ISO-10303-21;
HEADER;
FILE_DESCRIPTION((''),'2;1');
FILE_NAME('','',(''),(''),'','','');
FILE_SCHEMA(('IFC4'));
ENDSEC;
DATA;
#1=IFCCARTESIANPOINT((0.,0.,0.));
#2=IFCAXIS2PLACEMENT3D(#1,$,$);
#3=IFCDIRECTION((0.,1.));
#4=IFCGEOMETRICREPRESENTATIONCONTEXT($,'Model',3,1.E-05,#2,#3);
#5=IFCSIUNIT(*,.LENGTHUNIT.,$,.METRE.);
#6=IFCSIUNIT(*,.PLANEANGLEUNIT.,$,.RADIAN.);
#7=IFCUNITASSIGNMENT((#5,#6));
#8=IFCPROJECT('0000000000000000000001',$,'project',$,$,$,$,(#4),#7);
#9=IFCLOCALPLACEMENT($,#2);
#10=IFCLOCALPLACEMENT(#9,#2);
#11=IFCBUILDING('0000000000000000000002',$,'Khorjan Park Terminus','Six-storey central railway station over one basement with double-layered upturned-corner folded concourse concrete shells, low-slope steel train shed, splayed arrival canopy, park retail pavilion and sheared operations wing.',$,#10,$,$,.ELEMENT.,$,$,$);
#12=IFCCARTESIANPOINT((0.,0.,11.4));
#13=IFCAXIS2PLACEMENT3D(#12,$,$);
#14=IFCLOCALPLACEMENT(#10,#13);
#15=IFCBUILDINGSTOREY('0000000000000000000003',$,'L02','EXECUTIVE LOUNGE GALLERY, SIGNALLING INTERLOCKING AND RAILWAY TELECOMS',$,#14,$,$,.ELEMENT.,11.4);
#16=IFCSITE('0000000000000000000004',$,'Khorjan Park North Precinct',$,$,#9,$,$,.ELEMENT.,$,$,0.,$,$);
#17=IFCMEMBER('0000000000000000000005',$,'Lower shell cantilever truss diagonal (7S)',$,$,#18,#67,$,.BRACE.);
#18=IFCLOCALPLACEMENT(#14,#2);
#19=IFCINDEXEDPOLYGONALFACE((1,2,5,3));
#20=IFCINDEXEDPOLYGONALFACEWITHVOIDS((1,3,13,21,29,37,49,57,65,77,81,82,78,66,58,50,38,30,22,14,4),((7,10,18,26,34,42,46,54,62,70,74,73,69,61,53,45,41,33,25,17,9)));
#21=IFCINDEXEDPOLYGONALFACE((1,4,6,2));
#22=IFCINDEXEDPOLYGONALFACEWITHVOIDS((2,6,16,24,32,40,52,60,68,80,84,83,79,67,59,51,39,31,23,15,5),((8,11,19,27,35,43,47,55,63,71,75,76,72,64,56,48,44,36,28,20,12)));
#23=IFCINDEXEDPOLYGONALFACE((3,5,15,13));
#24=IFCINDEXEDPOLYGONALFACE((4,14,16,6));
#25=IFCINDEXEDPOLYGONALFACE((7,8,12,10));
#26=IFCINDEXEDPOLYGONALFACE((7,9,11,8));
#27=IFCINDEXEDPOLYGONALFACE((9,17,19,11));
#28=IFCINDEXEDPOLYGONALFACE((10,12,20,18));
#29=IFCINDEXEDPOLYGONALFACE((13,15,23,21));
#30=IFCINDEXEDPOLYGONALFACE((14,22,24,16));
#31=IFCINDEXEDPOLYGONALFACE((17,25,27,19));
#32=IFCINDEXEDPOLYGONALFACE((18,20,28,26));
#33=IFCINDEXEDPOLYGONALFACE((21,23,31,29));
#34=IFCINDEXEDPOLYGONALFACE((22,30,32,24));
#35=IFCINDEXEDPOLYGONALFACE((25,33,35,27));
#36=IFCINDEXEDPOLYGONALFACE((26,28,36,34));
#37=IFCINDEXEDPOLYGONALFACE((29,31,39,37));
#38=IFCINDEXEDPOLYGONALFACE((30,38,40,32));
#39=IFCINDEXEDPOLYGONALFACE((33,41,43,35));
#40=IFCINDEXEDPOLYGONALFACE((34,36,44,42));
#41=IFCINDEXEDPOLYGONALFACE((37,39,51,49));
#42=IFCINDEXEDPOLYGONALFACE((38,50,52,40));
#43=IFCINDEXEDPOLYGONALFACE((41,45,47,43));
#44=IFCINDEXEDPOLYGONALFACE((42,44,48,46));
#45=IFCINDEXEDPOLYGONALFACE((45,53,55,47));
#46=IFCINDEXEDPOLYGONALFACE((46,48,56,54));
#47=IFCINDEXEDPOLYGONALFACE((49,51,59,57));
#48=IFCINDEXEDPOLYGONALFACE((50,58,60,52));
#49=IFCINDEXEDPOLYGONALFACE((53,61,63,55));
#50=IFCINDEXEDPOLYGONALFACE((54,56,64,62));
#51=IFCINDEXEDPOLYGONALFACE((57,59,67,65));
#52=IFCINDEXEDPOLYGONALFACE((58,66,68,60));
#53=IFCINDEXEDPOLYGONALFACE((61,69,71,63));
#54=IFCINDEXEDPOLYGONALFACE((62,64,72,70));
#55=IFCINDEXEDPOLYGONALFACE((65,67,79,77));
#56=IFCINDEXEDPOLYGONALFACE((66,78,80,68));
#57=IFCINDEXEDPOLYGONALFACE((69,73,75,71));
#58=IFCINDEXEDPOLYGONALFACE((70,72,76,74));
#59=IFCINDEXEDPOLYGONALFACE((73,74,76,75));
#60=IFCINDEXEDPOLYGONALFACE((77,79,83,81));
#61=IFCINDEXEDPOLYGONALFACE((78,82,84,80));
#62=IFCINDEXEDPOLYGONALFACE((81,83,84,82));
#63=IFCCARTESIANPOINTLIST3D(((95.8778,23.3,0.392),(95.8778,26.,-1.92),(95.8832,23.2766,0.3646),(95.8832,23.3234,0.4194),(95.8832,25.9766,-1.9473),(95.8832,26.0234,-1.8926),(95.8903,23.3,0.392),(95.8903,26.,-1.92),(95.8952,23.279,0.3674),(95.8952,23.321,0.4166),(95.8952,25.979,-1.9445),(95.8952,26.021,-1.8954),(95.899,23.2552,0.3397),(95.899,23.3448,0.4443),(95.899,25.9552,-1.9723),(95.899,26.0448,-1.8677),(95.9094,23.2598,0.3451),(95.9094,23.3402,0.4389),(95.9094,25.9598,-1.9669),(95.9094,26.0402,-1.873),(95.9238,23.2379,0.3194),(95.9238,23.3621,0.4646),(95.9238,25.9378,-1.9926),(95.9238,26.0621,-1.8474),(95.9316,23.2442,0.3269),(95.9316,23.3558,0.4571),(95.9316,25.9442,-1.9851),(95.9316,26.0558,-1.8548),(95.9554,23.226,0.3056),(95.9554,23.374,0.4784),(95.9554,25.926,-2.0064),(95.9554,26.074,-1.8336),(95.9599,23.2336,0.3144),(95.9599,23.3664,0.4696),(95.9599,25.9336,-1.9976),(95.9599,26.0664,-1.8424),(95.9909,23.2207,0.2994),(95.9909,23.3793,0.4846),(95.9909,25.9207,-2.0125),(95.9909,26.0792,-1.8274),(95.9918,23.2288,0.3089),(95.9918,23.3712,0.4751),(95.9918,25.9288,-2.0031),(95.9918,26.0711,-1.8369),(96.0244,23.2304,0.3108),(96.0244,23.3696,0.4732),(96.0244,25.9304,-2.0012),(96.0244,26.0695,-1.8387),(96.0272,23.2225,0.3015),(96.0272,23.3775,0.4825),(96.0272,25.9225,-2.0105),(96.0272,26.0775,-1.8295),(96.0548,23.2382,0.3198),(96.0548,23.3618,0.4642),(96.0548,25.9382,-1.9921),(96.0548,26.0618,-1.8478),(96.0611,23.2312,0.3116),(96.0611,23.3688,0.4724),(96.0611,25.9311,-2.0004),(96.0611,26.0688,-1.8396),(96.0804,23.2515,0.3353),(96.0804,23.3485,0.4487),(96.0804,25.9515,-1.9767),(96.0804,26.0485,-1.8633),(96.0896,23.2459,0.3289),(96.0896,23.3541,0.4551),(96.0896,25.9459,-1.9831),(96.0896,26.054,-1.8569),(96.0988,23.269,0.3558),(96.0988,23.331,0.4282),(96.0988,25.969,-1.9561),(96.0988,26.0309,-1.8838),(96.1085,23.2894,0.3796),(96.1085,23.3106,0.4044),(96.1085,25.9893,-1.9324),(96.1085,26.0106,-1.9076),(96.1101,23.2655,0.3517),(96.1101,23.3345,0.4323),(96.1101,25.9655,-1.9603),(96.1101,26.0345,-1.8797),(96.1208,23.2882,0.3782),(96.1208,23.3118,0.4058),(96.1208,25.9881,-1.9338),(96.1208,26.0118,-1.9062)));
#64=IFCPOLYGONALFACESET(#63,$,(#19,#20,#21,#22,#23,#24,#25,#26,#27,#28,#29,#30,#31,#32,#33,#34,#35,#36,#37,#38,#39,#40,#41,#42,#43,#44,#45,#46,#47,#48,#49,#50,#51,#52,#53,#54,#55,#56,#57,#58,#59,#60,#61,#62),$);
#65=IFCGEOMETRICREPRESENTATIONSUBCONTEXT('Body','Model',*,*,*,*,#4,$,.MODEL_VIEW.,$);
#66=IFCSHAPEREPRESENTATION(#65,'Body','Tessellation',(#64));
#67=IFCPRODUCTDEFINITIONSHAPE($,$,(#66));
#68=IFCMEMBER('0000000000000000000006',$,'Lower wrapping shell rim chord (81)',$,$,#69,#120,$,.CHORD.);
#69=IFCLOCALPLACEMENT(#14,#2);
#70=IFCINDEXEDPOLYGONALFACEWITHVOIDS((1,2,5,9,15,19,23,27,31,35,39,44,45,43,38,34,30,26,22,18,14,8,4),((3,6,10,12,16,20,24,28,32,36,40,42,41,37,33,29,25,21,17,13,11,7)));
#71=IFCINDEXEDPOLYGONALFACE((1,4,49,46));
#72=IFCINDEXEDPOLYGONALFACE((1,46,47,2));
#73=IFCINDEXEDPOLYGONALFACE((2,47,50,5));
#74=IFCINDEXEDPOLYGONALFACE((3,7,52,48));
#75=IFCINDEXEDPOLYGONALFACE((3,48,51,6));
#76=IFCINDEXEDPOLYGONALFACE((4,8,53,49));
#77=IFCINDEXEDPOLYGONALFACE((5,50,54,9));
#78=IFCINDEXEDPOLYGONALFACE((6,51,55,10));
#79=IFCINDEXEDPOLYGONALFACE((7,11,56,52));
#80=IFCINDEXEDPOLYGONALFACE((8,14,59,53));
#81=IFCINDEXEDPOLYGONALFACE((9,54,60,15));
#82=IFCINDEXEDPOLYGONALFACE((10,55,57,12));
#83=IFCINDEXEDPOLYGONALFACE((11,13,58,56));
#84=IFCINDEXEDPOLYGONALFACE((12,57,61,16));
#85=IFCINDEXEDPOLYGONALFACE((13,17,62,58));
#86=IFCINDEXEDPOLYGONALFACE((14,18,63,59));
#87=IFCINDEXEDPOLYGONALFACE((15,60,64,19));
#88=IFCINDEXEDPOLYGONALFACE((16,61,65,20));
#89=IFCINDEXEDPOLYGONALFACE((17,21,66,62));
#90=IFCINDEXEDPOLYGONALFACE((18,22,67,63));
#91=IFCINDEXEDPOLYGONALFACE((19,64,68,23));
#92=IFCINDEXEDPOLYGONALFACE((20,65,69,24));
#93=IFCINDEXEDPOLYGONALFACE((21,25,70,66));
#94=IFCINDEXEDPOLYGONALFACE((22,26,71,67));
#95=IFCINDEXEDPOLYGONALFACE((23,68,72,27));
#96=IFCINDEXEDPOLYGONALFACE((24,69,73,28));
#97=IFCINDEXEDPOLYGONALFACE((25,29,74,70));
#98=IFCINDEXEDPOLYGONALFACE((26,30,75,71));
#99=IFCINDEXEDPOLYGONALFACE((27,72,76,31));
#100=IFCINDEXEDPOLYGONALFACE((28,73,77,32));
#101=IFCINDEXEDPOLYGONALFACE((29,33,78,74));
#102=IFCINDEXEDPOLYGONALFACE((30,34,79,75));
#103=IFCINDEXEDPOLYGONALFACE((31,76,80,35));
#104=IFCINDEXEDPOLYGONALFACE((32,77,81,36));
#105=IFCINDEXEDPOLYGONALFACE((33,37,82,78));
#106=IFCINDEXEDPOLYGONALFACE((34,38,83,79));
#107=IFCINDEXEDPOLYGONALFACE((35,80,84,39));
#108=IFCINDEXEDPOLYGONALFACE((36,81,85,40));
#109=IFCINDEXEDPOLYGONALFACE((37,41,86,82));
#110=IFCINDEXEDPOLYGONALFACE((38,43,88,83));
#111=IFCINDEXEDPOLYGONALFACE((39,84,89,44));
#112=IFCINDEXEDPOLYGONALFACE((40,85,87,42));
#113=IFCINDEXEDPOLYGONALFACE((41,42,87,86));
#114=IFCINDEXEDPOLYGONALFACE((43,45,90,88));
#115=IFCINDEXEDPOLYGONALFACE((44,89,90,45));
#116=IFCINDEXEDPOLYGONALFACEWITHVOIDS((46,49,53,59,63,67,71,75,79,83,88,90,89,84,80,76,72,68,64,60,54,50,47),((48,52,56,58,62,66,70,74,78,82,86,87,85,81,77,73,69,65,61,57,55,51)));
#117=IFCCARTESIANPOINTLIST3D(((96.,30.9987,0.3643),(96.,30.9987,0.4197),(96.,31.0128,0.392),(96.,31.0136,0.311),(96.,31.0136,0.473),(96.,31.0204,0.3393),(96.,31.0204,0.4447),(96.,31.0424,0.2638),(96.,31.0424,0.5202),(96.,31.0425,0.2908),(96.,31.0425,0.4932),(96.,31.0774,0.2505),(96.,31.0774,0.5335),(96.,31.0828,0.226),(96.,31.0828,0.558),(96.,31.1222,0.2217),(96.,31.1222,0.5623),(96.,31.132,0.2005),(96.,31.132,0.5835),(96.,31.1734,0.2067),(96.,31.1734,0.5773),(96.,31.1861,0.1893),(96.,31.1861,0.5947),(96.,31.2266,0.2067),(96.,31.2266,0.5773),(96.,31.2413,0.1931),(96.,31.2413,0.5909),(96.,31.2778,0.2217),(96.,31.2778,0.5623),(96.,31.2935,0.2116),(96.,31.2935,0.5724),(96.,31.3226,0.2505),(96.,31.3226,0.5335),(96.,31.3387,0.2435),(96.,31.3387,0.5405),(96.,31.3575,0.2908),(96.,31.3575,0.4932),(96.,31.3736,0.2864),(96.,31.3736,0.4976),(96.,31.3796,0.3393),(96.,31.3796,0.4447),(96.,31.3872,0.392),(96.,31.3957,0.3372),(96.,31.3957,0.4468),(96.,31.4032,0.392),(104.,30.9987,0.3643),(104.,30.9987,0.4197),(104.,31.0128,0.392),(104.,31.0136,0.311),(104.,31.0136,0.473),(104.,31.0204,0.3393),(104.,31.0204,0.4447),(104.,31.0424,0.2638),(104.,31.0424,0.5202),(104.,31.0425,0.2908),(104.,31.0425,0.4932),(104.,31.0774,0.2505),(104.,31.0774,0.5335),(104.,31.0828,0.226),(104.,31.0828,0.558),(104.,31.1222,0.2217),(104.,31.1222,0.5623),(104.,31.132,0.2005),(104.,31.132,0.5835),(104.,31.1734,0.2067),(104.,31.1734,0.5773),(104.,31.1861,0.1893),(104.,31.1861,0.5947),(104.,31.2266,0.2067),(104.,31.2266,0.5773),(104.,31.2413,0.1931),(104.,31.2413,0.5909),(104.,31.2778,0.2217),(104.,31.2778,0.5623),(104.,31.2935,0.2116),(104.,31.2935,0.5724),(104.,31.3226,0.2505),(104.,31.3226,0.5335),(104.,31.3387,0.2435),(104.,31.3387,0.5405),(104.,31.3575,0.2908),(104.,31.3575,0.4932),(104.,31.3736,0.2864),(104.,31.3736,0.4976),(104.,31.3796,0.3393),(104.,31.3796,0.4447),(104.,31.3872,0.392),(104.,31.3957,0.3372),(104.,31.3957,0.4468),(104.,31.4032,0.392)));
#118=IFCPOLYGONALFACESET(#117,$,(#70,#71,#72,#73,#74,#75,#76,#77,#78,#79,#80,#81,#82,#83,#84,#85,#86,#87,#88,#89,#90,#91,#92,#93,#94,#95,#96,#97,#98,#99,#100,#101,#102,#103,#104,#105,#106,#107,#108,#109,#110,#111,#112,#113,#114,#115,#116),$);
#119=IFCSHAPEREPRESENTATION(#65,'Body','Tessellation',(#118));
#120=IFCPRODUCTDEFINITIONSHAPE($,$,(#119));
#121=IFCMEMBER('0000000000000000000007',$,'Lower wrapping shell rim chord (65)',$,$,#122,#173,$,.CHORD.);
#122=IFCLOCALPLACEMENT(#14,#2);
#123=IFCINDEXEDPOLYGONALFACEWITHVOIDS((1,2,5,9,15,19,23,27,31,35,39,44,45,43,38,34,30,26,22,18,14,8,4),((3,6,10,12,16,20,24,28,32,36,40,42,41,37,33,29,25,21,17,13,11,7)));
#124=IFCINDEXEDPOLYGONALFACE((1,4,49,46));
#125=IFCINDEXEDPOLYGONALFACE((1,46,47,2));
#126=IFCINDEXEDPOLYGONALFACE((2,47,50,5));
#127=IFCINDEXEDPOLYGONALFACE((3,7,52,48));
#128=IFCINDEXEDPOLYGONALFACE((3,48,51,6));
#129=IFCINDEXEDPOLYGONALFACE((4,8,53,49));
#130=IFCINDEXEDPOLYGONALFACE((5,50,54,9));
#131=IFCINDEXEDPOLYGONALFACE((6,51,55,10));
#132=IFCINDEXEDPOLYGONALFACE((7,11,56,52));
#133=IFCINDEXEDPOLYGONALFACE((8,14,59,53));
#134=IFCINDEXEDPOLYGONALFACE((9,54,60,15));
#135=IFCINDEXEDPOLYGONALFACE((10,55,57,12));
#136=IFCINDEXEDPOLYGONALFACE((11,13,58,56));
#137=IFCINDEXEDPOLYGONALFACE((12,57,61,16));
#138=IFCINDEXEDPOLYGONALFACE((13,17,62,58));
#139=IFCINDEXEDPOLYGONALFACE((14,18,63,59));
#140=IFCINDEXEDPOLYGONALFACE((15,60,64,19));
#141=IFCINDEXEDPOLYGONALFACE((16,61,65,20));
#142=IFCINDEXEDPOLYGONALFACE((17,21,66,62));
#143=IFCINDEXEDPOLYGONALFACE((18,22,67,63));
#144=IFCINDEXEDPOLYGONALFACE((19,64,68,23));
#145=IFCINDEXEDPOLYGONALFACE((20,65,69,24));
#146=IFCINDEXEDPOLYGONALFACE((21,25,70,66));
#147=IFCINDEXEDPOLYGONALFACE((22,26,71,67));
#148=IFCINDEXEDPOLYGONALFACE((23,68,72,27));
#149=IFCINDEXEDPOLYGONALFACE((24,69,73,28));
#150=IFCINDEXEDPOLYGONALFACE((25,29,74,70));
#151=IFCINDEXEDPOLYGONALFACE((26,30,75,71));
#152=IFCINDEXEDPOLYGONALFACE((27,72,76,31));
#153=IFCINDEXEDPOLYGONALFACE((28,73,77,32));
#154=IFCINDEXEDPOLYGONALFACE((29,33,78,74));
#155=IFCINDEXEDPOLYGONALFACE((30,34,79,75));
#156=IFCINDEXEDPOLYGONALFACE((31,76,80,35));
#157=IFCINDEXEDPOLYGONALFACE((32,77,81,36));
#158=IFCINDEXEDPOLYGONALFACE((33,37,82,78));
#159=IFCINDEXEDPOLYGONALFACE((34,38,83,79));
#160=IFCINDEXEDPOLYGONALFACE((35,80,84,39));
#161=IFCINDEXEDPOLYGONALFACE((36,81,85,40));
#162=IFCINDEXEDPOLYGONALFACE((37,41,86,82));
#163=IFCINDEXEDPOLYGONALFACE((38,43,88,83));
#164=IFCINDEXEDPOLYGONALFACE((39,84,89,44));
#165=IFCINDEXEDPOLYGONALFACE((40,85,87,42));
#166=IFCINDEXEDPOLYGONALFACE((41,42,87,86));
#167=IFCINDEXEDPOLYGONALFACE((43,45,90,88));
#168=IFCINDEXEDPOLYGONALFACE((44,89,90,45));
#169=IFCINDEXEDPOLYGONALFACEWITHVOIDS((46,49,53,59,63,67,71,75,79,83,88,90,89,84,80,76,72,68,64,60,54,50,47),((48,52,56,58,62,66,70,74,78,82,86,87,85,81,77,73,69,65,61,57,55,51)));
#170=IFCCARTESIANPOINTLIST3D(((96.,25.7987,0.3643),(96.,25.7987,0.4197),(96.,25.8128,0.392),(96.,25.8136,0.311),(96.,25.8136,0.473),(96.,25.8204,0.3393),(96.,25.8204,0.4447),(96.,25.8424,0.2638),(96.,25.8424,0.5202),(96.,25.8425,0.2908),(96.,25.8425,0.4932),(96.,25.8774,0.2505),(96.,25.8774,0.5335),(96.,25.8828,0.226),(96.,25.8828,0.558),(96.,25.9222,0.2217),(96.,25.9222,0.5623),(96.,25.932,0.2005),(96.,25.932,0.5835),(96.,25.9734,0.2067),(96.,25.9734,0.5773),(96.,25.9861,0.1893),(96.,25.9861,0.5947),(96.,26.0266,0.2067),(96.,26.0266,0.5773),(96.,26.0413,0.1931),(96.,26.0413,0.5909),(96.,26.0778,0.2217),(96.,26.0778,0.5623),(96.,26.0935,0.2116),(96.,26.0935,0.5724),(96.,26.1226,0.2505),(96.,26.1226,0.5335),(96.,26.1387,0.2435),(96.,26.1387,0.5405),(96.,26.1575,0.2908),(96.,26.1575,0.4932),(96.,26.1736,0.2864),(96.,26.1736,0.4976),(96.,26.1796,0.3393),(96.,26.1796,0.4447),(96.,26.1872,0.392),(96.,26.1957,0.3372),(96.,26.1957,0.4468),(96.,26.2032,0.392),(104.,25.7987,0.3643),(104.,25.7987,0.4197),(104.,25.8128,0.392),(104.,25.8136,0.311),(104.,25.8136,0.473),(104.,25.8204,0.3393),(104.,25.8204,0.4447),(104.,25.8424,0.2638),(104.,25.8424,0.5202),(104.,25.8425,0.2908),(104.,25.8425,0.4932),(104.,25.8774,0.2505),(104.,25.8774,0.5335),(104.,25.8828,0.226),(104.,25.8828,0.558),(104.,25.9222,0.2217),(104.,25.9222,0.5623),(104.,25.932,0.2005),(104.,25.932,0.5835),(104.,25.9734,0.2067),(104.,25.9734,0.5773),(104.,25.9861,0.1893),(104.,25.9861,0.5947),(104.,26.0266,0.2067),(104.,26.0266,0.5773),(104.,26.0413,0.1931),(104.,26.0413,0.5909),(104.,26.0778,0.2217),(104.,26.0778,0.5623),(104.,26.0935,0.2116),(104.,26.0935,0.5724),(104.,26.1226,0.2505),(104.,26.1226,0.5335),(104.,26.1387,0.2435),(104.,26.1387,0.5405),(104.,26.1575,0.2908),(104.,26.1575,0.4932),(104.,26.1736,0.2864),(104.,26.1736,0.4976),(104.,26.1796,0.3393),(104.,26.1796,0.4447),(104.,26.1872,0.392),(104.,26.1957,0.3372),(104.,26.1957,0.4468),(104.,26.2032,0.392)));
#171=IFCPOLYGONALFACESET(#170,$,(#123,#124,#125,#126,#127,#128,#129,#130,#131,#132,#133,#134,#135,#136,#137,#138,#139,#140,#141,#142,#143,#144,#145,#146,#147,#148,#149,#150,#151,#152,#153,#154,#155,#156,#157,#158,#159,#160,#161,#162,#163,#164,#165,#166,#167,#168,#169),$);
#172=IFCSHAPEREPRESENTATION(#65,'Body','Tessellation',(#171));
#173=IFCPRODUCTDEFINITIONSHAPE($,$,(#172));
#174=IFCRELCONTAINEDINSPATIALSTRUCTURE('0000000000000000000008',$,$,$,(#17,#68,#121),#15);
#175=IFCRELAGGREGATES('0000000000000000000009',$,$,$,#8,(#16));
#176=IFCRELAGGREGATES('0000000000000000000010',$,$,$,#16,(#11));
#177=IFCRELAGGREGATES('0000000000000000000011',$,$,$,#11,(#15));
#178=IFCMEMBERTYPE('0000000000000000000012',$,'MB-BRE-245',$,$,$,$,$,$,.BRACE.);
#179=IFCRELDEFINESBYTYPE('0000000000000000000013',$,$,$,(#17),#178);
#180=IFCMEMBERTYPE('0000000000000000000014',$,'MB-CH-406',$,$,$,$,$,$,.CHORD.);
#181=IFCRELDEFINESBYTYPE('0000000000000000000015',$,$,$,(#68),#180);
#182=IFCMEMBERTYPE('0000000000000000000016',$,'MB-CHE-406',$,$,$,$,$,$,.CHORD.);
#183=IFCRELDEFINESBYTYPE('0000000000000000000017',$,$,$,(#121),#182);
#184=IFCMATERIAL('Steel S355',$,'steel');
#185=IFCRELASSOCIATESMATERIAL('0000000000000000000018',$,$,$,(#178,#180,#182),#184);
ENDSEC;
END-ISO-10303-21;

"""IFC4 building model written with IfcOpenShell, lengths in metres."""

from ifc_helpers import new_model, si_unit, direction, frame, origin, origin_2d, place, context, subcontext, project, spatial, hollow_circle, extrude, material, material_profile, profile_set, type_object, element, save


model = new_model("IFC4")

# Units and contexts
model_context = context("Model", 3, precision=1e-05, world=origin(), true_north=direction((0.0, 1.0)))
body_context = subcontext(model_context, "Body", "Model", "MODEL_VIEW")
ifc_project = project(units=[si_unit("LENGTHUNIT", "METRE"), si_unit("PLANEANGLEUNIT", "RADIAN")], contexts=[model_context])

# Site, building, storey
site_placement = place(None, origin())
site = spatial("IfcSite", under=ifc_project, at=site_placement, Name="Khorjan Park North Precinct", CompositionType="ELEMENT", RefElevation=0.0)
building_placement = place(site_placement, origin())
building = spatial("IfcBuilding", under=site, at=building_placement, Name="Khorjan Park Terminus", Description="Six-storey central railway station over one basement with double-layered upturned-corner folded concourse concrete shells, low-slope steel train shed, splayed arrival canopy, park retail pavilion and sheared operations wing.", CompositionType="ELEMENT")
storey_placement = place(building_placement, frame((0.0, 0.0, 11.4)))
storey = spatial("IfcBuildingStorey", under=building, at=storey_placement, Name="L02", Description="EXECUTIVE LOUNGE GALLERY, SIGNALLING INTERLOCKING AND RAILWAY TELECOMS", CompositionType="ELEMENT", Elevation=11.4)

# Members
ifc_material_1 = material(Name="Steel S355", Category="steel")
ifc_material_profile_1 = material_profile(ifc_material_1, hollow_circle(Radius=0.1222, WallThickness=0.0125, at=origin_2d()), Name="CHS 244.5x12.5")
ifc_profile_set_1 = profile_set([ifc_material_profile_1], Name="Steel S355")
member_type_1 = type_object("IfcMemberType", Name="MB-BRE-245", PredefinedType="BRACE", material=ifc_profile_set_1)
member_1_placement = place(storey_placement, frame((96.0, 23.3, 0.392), z_axis=(0.0, 0.759574, -0.650421), x_axis=(-1.0, 0.0, 0.0)))
element("IfcMember", 1, at=member_1_placement, inside=storey, type_object=member_type_1, Name="Lower shell cantilever truss diagonal (7S)", PredefinedType="BRACE", context=body_context, shape_type="SweptSolid", body=[
    extrude(hollow_circle(Radius=0.1222, WallThickness=0.0125, at=origin_2d()), origin(), (0.0, 0.0, 1.0), 3.5546),
])
ifc_material_profile_2 = material_profile(ifc_material_1, hollow_circle(Radius=0.2032, WallThickness=0.016, at=origin_2d()), Name="CHS 406.4x16")
ifc_profile_set_2 = profile_set([ifc_material_profile_2], Name="Steel S355")
member_type_2 = type_object("IfcMemberType", Name="MB-CH-406", PredefinedType="CHORD", material=ifc_profile_set_2)
member_2_placement = place(storey_placement, frame((96.0, 31.2, 0.392), z_axis=(1.0, 0.0, 0.0), x_axis=(0.0, 1.0, 0.0)))
element("IfcMember", 2, at=member_2_placement, inside=storey, type_object=member_type_2, Name="Lower wrapping shell rim chord (81)", PredefinedType="CHORD", context=body_context, shape_type="SweptSolid", body=[
    extrude(hollow_circle(Radius=0.2032, WallThickness=0.016, at=origin_2d()), origin(), (0.0, 0.0, 1.0), 8.0),
])
ifc_material_profile_3 = material_profile(ifc_material_1, hollow_circle(Radius=0.2032, WallThickness=0.016, at=origin_2d()), Name="CHS 406.4x16")
ifc_profile_set_3 = profile_set([ifc_material_profile_3], Name="Steel S355")
member_type_3 = type_object("IfcMemberType", Name="MB-CHE-406", PredefinedType="CHORD", material=ifc_profile_set_3)
member_3_placement = place(storey_placement, frame((96.0, 26.0, 0.392), z_axis=(1.0, 0.0, 0.0), x_axis=(0.0, 1.0, 0.0)))
element("IfcMember", 3, at=member_3_placement, inside=storey, type_object=member_type_3, Name="Lower wrapping shell rim chord (65)", PredefinedType="CHORD", context=body_context, shape_type="SweptSolid", body=[
    extrude(hollow_circle(Radius=0.2032, WallThickness=0.016, at=origin_2d()), origin(), (0.0, 0.0, 1.0), 8.0),
])

save(model, "model.ifc")
